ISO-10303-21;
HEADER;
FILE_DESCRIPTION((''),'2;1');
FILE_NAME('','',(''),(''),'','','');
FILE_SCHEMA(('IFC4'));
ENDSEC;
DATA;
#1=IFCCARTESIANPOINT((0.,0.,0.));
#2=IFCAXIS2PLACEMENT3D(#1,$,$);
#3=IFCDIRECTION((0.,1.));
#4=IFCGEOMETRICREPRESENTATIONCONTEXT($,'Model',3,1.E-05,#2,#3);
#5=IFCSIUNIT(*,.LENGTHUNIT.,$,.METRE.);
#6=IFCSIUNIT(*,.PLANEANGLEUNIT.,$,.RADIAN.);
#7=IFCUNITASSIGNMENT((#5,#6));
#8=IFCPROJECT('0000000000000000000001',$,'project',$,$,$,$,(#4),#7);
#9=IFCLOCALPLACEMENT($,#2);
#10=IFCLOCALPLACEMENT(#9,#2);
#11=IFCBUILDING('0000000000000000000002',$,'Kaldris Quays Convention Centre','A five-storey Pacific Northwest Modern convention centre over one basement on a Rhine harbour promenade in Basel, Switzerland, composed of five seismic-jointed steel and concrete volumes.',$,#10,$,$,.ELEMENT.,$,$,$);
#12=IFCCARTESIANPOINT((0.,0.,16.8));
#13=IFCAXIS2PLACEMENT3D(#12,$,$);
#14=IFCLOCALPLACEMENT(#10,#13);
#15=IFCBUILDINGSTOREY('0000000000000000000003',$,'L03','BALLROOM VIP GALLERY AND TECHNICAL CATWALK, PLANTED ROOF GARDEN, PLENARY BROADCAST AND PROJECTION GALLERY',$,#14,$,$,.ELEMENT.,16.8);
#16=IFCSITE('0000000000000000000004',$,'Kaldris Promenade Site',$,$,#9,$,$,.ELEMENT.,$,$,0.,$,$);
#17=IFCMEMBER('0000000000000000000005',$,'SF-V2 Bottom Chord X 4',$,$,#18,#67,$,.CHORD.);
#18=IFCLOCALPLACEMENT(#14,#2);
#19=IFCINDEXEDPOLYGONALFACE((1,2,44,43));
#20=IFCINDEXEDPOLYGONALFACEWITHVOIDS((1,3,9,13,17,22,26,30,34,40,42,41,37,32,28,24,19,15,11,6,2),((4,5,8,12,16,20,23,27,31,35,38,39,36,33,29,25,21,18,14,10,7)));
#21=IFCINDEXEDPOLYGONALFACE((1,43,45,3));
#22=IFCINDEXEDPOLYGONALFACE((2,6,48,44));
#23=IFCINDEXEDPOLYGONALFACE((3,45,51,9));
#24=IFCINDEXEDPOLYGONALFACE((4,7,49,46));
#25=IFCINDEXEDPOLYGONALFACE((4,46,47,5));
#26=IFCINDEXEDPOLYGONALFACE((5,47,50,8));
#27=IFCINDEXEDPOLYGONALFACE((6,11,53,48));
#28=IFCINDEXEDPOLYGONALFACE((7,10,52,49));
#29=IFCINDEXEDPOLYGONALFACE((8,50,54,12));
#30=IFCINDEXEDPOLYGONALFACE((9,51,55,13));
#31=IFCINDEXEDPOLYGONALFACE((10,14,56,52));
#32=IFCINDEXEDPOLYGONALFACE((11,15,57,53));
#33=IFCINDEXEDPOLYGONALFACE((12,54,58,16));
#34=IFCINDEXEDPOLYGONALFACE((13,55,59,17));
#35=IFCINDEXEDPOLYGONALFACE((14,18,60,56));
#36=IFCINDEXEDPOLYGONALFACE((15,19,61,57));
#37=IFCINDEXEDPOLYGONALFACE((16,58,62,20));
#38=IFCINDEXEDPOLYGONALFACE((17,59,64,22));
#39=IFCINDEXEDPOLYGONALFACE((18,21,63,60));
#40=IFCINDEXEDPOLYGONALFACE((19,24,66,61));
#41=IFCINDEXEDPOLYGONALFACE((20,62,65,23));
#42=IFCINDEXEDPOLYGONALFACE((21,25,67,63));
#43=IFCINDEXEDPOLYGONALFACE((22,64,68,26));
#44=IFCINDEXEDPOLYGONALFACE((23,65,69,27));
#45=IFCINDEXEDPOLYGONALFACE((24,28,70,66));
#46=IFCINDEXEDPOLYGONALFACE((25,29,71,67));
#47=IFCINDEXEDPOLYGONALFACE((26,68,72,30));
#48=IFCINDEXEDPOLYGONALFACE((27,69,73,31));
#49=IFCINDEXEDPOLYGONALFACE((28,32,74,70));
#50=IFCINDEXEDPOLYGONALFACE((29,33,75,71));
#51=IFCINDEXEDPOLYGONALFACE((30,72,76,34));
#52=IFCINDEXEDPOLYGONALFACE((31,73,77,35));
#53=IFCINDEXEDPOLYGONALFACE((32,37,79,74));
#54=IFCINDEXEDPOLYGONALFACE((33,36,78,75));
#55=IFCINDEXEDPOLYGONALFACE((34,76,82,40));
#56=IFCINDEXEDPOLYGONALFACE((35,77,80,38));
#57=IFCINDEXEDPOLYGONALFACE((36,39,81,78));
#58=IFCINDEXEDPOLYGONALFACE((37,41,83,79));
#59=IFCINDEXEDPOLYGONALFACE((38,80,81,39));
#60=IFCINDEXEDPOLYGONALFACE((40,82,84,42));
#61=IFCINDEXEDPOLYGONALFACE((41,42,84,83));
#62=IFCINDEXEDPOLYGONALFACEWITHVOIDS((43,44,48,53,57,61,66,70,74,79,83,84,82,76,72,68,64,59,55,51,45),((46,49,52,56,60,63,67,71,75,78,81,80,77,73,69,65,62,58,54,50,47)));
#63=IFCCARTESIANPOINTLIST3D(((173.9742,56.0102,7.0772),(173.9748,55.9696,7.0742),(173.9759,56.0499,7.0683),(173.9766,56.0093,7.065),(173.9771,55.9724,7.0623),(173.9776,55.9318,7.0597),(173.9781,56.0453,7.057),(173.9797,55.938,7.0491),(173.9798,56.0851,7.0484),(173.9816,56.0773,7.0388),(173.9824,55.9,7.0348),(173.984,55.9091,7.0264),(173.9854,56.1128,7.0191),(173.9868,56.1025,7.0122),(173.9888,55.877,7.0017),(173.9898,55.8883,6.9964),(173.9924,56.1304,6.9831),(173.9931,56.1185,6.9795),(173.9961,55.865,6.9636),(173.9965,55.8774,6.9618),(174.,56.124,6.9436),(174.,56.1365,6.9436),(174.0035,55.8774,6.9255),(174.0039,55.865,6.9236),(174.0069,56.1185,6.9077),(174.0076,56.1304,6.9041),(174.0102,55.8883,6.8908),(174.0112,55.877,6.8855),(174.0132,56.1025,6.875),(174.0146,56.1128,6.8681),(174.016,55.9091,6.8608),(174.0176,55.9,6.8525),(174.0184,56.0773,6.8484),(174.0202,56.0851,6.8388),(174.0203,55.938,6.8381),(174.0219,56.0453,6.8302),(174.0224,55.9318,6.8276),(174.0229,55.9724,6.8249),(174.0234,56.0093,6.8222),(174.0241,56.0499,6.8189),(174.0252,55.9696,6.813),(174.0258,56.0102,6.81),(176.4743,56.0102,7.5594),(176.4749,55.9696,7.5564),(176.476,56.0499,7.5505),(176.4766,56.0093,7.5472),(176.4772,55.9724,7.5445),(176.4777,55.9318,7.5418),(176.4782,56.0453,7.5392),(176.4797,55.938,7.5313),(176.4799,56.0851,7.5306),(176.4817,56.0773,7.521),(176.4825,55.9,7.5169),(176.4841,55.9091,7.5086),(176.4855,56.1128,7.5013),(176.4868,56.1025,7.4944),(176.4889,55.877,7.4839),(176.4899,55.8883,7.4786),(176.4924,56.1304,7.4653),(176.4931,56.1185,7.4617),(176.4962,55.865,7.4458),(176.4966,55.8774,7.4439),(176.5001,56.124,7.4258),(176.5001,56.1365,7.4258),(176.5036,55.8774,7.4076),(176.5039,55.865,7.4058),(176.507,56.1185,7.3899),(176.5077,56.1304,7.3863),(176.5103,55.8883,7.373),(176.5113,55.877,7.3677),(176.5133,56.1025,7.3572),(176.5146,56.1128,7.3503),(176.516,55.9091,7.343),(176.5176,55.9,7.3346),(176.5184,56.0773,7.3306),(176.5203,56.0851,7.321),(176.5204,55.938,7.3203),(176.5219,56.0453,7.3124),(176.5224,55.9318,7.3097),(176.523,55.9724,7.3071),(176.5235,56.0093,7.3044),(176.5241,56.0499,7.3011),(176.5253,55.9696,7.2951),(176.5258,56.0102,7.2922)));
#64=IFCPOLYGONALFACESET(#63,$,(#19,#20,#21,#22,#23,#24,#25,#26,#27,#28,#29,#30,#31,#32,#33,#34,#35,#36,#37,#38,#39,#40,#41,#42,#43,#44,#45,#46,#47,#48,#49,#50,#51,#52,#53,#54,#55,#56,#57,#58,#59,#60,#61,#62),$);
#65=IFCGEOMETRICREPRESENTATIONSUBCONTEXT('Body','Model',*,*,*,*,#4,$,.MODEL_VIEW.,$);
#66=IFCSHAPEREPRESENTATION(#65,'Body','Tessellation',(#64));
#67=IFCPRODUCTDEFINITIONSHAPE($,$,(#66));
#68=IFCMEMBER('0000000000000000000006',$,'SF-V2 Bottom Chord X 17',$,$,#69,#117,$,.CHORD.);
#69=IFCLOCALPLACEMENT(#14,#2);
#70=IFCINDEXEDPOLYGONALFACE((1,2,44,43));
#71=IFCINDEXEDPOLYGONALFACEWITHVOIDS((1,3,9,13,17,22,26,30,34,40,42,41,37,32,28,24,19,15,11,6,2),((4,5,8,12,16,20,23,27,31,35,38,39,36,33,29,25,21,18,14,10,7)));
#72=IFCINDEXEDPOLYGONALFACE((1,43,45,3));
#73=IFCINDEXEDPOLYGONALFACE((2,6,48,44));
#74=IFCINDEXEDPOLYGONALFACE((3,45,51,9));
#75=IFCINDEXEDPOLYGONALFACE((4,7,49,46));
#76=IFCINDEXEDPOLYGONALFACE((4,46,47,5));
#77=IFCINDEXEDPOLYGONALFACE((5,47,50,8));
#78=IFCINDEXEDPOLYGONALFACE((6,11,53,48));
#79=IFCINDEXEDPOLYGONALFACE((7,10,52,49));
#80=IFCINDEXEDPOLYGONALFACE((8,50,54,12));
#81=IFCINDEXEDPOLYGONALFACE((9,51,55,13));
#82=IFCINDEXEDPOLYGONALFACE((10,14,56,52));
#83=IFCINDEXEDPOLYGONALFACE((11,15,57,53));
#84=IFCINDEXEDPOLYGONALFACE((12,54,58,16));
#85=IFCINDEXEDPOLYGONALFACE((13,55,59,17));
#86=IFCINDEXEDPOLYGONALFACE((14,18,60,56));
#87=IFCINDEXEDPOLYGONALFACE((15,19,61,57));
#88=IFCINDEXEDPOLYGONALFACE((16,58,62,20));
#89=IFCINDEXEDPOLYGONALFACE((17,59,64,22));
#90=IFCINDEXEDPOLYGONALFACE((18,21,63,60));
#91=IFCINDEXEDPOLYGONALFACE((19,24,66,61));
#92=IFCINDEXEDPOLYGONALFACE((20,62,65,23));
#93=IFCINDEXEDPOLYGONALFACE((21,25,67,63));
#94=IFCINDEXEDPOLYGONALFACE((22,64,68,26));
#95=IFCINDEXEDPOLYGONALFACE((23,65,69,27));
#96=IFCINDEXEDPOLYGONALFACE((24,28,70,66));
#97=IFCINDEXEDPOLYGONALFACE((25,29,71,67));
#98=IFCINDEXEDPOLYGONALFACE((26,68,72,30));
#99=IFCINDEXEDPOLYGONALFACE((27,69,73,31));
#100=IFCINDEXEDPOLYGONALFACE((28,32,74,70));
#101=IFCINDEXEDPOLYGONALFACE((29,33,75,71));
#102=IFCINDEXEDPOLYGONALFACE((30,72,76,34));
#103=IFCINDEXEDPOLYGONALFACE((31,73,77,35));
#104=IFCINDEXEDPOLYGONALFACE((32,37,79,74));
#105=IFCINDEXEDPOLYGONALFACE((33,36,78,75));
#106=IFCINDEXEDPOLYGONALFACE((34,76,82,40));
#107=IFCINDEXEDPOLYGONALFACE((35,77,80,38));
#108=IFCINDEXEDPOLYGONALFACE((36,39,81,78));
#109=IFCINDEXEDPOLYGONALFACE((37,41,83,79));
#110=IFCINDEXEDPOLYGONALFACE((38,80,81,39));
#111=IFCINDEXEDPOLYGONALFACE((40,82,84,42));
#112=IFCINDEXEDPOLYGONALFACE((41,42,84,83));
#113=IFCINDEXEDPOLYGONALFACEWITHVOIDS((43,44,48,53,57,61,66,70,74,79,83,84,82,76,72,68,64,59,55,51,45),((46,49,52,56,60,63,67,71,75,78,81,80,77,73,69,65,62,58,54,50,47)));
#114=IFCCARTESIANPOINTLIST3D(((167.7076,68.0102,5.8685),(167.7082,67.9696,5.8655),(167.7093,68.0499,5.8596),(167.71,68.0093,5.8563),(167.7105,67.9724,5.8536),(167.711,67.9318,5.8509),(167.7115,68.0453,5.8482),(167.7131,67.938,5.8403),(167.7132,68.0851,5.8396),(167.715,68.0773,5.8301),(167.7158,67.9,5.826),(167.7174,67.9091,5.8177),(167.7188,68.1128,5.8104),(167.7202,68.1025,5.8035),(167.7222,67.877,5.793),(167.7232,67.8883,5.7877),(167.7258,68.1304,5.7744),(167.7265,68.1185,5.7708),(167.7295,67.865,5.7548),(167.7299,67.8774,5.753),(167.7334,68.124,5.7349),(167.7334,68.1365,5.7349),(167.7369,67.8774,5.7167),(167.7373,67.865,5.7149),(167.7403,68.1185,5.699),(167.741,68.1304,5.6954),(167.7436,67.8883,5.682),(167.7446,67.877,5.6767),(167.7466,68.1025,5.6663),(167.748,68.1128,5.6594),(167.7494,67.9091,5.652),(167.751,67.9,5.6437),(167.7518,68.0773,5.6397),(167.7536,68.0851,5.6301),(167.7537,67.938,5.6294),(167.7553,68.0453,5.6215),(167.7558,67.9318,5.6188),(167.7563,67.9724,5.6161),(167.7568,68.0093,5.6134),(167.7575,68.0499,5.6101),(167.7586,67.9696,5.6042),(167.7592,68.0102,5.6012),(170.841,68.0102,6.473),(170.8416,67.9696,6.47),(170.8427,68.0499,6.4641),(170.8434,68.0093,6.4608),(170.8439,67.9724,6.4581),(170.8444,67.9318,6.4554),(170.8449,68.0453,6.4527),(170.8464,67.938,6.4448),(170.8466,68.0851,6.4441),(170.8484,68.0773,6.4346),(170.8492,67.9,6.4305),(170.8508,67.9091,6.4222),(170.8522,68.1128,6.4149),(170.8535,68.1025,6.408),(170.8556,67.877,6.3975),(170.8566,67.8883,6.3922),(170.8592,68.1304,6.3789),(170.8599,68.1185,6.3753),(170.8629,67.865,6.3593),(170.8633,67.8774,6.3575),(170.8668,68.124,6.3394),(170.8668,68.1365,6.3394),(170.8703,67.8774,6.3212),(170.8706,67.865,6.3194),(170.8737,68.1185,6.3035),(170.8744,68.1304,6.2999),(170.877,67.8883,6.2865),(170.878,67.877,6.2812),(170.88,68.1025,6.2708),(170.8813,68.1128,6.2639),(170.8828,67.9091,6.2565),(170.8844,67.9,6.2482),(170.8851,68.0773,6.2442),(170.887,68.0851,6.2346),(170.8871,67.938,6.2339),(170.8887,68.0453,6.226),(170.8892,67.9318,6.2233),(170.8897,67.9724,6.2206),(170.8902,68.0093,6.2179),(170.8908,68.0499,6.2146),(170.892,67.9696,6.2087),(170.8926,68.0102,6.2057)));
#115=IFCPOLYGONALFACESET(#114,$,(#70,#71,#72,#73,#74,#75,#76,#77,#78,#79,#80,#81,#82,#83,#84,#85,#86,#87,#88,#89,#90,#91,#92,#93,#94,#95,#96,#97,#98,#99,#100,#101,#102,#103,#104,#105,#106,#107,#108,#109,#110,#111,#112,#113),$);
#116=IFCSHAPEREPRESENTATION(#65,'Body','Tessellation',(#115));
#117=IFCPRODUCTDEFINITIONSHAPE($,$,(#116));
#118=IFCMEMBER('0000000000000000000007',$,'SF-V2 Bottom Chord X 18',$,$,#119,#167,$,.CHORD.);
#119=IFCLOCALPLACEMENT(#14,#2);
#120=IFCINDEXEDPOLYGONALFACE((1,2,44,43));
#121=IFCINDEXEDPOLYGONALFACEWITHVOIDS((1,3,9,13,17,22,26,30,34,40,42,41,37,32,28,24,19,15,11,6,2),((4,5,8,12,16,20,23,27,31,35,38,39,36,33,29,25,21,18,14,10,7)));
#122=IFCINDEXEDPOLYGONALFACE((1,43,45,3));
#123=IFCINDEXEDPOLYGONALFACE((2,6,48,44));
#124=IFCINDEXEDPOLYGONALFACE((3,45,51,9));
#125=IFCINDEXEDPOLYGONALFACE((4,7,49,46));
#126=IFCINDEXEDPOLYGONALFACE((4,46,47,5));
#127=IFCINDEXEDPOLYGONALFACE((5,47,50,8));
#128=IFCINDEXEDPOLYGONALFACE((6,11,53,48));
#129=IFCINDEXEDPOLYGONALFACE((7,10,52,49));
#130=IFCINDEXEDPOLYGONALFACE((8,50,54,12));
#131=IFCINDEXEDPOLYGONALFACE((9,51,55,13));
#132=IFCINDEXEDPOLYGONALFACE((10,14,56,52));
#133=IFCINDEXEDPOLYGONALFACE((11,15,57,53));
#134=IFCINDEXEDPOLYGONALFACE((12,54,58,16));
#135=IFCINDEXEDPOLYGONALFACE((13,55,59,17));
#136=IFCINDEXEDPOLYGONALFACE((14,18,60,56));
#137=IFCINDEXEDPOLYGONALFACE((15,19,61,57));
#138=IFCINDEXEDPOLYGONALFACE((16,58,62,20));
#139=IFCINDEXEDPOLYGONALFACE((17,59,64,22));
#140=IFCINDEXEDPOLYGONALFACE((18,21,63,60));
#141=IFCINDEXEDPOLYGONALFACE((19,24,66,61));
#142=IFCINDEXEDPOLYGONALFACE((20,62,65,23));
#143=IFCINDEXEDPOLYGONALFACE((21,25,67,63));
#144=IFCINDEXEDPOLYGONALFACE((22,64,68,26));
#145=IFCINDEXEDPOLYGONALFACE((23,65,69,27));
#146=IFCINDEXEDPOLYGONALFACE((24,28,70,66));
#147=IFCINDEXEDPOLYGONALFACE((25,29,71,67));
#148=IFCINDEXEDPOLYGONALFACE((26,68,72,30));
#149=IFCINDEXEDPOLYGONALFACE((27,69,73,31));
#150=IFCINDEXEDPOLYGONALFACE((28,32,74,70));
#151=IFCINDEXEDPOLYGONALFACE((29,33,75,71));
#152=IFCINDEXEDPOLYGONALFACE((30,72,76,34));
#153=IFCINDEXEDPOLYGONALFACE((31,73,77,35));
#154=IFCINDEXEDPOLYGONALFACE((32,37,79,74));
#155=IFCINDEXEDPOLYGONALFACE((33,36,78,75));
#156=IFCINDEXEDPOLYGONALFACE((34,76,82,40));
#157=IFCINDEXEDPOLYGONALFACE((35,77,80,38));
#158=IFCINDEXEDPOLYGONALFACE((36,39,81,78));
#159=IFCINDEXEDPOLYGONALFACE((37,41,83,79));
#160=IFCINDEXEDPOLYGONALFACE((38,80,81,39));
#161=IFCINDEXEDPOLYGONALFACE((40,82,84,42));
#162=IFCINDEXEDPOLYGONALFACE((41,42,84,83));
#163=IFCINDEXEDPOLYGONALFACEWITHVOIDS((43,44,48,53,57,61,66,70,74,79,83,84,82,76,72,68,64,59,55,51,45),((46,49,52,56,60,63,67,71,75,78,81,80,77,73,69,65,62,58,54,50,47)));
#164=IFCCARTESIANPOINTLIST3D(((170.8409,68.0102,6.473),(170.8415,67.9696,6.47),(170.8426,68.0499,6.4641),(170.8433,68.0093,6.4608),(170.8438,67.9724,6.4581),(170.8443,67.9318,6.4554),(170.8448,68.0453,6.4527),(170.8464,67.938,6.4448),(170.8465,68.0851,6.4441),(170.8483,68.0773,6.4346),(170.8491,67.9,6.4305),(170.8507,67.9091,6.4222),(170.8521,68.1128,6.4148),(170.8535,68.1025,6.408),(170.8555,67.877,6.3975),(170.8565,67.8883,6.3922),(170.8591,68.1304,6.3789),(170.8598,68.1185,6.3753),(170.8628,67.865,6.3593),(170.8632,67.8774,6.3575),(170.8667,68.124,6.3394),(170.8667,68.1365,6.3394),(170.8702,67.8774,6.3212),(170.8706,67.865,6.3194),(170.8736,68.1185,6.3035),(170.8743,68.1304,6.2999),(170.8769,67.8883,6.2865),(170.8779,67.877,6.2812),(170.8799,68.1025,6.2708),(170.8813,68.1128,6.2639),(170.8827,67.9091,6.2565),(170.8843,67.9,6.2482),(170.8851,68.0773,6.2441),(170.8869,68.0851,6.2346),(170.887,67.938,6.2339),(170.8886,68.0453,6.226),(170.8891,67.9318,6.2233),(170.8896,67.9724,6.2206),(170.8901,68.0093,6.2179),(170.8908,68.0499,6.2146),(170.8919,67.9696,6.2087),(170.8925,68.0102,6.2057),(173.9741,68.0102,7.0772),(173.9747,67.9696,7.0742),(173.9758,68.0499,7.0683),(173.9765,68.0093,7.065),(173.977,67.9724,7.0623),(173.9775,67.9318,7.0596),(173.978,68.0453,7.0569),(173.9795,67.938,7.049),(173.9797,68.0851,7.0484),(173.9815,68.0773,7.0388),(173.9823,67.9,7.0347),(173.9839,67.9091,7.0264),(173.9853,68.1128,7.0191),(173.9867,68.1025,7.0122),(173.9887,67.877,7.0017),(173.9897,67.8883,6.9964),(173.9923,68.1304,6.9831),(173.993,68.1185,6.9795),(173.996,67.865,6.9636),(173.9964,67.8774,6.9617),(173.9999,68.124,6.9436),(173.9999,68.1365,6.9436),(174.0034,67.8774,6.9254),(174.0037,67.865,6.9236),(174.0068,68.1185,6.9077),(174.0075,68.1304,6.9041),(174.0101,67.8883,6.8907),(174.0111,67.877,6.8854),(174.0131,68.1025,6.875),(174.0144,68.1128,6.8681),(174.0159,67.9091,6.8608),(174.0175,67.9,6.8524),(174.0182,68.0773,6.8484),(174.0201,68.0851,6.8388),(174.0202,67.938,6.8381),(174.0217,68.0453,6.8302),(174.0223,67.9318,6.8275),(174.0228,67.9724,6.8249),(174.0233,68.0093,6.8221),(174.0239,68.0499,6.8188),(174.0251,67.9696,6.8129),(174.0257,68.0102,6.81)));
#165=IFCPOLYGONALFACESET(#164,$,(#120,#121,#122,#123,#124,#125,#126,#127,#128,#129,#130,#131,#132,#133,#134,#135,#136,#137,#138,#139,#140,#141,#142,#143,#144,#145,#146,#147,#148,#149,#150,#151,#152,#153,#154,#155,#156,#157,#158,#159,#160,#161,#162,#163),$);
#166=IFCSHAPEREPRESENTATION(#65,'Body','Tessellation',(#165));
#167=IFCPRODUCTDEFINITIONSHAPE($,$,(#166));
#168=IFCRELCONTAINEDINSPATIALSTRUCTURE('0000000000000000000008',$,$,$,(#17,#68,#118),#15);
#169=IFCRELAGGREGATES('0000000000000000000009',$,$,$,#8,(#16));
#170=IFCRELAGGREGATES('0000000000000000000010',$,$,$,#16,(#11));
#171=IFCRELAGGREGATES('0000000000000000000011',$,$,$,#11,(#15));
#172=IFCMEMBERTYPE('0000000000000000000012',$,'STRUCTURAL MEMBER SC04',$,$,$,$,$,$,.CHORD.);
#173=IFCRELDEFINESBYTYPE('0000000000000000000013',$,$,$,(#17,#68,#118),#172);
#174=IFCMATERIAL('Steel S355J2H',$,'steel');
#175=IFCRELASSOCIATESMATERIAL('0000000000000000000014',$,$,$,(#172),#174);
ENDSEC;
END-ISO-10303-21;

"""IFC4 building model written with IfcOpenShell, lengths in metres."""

from ifc_helpers import new_model, si_unit, direction, frame, origin, origin_2d, place, context, subcontext, project, spatial, hollow_circle, extrude, material, material_profile, profile_set, type_object, element, save


model = new_model("IFC4")

# Units and contexts
model_context = context("Model", 3, precision=1e-05, world=origin(), true_north=direction((0.0, 1.0)))
body_context = subcontext(model_context, "Body", "Model", "MODEL_VIEW")
ifc_project = project(units=[si_unit("LENGTHUNIT", "METRE"), si_unit("PLANEANGLEUNIT", "RADIAN")], contexts=[model_context])

# Site, building, storey
site_placement = place(None, origin())
site = spatial("IfcSite", under=ifc_project, at=site_placement, Name="Kaldris Promenade Site", CompositionType="ELEMENT", RefElevation=0.0)
building_placement = place(site_placement, origin())
building = spatial("IfcBuilding", under=site, at=building_placement, Name="Kaldris Quays Convention Centre", Description="A five-storey Pacific Northwest Modern convention centre over one basement on a Rhine harbour promenade in Basel, Switzerland, composed of five seismic-jointed steel and concrete volumes.", CompositionType="ELEMENT")
storey_placement = place(building_placement, frame((0.0, 0.0, 16.8)))
storey = spatial("IfcBuildingStorey", under=building, at=storey_placement, Name="L03", Description="BALLROOM VIP GALLERY AND TECHNICAL CATWALK, PLANTED ROOF GARDEN, PLENARY BROADCAST AND PROJECTION GALLERY", CompositionType="ELEMENT", Elevation=16.8)

# Members
ifc_material_1 = material(Name="Steel S355J2H", Category="steel")
ifc_material_profile_1 = material_profile(ifc_material_1, hollow_circle(Radius=0.1365, WallThickness=0.0125, at=origin_2d()), Name="CHS 273x12.5")
ifc_profile_set_1 = profile_set([ifc_material_profile_1], Name="Steel S355J2H")
member_type_1 = type_object("IfcMemberType", Name="STRUCTURAL MEMBER SC04", PredefinedType="CHORD", material=ifc_profile_set_1)
member_1_placement = place(storey_placement, frame((174.0, 56.0, 6.9436), z_axis=(0.981904, 0.0, 0.189381), x_axis=(0.0, 1.0, 0.0)))
element("IfcMember", 1, at=member_1_placement, inside=storey, type_object=member_type_1, Name="SF-V2 Bottom Chord X 4", PredefinedType="CHORD", context=body_context, shape_type="SweptSolid", body=[
    extrude(hollow_circle(Radius=0.1365, WallThickness=0.0125, at=origin_2d()), origin(), (0.0, 0.0, 1.0), 2.5461),
])
member_2_placement = place(storey_placement, frame((167.7334, 68.0, 5.7349), z_axis=(0.981894, 0.0, 0.189432), x_axis=(0.0, 1.0, 0.0)))
element("IfcMember", 2, at=member_2_placement, inside=storey, type_object=member_type_1, Name="SF-V2 Bottom Chord X 17", PredefinedType="CHORD", context=body_context, shape_type="SweptSolid", body=[
    extrude(hollow_circle(Radius=0.1365, WallThickness=0.0125, at=origin_2d()), origin(), (0.0, 0.0, 1.0), 3.1912),
])
member_3_placement = place(storey_placement, frame((170.8667, 68.0, 6.3394), z_axis=(0.981908, 0.0, 0.189358), x_axis=(0.0, 1.0, 0.0)))
element("IfcMember", 3, at=member_3_placement, inside=storey, type_object=member_type_1, Name="SF-V2 Bottom Chord X 18", PredefinedType="CHORD", context=body_context, shape_type="SweptSolid", body=[
    extrude(hollow_circle(Radius=0.1365, WallThickness=0.0125, at=origin_2d()), origin(), (0.0, 0.0, 1.0), 3.1909),
])

save(model, "model.ifc")
